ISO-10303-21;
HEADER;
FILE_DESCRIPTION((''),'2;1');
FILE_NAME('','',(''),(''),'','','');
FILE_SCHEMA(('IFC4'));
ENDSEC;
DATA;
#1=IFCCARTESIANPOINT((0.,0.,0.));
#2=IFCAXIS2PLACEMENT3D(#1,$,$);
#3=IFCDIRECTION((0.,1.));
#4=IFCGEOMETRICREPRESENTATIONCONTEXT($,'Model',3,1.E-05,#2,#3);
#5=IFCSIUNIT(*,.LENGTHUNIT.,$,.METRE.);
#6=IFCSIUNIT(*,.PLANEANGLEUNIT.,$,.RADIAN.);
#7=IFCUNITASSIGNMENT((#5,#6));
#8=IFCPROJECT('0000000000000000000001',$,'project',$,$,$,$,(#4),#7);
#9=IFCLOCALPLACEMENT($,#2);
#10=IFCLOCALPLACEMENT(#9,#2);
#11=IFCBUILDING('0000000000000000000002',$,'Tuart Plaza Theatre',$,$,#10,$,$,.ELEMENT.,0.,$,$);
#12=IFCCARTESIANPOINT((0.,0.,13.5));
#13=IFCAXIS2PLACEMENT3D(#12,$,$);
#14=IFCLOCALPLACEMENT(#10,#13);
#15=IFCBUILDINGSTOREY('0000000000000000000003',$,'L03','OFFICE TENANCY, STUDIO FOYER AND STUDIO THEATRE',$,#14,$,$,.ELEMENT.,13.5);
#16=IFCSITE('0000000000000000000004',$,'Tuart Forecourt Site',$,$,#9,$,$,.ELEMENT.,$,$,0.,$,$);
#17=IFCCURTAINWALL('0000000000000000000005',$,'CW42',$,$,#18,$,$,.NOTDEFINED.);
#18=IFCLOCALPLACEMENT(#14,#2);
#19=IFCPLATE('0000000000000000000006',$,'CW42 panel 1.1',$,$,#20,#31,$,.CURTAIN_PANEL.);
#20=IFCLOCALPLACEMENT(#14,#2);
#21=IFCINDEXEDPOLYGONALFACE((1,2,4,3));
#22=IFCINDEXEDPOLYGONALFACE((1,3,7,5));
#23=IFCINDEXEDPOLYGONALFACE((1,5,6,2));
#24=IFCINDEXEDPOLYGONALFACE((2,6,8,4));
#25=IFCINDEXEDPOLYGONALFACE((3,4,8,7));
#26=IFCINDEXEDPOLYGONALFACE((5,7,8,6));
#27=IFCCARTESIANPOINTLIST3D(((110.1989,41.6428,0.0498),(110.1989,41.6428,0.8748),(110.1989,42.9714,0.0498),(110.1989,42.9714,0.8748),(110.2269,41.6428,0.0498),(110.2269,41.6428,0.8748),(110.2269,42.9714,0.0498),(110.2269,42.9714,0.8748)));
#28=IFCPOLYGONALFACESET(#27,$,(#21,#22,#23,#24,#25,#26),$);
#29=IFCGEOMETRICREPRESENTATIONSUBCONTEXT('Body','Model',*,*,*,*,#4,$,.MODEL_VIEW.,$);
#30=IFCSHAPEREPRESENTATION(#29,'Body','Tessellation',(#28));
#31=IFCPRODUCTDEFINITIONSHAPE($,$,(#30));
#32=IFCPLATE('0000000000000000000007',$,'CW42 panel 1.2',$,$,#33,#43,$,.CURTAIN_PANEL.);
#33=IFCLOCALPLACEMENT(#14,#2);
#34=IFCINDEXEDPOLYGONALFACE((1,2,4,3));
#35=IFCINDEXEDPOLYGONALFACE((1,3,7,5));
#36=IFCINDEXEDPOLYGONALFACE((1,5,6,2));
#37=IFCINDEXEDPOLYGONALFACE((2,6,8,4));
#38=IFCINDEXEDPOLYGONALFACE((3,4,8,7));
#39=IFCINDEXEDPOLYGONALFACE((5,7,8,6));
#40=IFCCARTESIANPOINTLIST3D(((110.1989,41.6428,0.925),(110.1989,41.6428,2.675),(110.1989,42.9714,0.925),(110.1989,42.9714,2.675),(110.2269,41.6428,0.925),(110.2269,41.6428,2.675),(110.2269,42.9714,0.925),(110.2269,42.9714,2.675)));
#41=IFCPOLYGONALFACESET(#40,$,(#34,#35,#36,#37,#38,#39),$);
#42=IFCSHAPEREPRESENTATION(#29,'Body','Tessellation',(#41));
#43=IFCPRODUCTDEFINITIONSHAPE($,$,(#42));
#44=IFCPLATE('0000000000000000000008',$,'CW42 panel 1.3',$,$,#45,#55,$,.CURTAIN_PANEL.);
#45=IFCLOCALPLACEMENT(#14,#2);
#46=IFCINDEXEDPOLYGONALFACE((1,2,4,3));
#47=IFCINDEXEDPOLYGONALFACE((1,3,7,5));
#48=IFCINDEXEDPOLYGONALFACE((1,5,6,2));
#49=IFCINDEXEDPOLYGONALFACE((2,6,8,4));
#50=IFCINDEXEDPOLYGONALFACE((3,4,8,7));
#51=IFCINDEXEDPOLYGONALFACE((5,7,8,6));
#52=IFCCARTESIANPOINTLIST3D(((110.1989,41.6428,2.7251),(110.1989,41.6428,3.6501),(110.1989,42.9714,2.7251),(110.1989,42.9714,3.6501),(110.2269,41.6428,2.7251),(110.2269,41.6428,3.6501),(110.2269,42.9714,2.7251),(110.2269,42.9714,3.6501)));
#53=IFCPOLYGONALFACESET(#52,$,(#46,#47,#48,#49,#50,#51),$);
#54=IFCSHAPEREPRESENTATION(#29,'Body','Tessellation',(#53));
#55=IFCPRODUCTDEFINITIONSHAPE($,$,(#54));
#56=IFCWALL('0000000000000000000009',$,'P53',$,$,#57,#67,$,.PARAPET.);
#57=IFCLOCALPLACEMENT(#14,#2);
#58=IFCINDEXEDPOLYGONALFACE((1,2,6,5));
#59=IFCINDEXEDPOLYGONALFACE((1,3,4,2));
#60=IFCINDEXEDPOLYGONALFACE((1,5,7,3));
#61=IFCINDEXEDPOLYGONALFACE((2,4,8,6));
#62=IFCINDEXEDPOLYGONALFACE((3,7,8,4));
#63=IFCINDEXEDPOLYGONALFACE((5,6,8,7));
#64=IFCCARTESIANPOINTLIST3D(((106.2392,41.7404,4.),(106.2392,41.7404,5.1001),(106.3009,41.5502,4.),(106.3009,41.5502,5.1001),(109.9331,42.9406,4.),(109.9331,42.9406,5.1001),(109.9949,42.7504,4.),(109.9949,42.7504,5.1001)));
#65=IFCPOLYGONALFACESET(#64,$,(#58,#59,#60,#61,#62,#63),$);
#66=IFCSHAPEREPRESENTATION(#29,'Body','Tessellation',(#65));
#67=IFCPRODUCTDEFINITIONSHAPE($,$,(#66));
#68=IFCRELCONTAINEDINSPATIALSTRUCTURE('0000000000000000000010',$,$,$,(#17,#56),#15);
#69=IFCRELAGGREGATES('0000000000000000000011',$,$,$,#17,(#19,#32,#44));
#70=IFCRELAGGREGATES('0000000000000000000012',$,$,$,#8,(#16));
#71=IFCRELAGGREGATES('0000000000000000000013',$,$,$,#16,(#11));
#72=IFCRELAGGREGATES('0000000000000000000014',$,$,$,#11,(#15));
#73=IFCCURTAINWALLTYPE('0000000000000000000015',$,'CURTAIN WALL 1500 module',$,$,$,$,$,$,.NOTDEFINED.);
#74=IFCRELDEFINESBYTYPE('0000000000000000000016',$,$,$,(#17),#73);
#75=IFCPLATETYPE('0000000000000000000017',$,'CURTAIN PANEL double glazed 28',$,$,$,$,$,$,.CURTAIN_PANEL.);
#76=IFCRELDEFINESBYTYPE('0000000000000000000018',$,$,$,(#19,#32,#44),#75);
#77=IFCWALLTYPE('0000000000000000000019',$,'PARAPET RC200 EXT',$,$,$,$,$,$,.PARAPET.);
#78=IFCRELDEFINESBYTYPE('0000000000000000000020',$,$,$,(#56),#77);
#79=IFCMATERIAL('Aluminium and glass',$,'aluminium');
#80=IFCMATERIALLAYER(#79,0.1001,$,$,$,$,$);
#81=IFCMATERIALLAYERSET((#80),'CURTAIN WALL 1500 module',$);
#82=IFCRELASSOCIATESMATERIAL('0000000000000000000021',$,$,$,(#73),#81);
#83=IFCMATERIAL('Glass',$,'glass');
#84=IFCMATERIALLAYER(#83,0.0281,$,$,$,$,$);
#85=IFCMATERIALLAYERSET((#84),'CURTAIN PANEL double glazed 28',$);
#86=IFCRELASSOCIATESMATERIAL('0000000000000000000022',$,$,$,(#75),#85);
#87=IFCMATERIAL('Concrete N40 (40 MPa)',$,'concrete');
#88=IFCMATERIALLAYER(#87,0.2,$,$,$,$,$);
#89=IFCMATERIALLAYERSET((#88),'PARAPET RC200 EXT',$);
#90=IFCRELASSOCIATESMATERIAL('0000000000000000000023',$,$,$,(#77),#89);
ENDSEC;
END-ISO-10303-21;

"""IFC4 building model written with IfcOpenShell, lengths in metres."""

from ifc_helpers import new_model, si_unit, direction, frame, frame_2d, origin, origin_2d, place, context, subcontext, project, spatial, rectangle, extrude, material, layer, layer_set, type_object, element, aggregate, save


model = new_model("IFC4")

# Units and contexts
model_context = context("Model", 3, precision=1e-05, world=origin(), true_north=direction((0.0, 1.0)))
body_context = subcontext(model_context, "Body", "Model", "MODEL_VIEW")
ifc_project = project(units=[si_unit("LENGTHUNIT", "METRE"), si_unit("PLANEANGLEUNIT", "RADIAN")], contexts=[model_context])

# Site, building, storey
site_placement = place(None, origin())
site = spatial("IfcSite", under=ifc_project, at=site_placement, Name="Tuart Forecourt Site", CompositionType="ELEMENT", RefElevation=0.0)
building_placement = place(site_placement, origin())
building = spatial("IfcBuilding", under=site, at=building_placement, Name="Tuart Plaza Theatre", CompositionType="ELEMENT", ElevationOfRefHeight=0.0)
storey_placement = place(building_placement, frame((0.0, 0.0, 13.5)))
storey = spatial("IfcBuildingStorey", under=building, at=storey_placement, Name="L03", Description="OFFICE TENANCY, STUDIO FOYER AND STUDIO THEATRE", CompositionType="ELEMENT", Elevation=13.5)

# Shared definitions
ifc_material_1 = material(Name="Aluminium and glass", Category="aluminium")
ifc_layer_1 = layer(ifc_material_1, 0.1001)
ifc_layer_set_1 = layer_set([ifc_layer_1], Name="CURTAIN WALL 1500 module")
curtain_wall_type = type_object("IfcCurtainWallType", Name="CURTAIN WALL 1500 module", PredefinedType="NOTDEFINED", material=ifc_layer_set_1)
ifc_material_2 = material(Name="Glass", Category="glass")
ifc_layer_2 = layer(ifc_material_2, 0.0281)
ifc_layer_set_2 = layer_set([ifc_layer_2], Name="CURTAIN PANEL double glazed 28")
plate_type = type_object("IfcPlateType", Name="CURTAIN PANEL double glazed 28", PredefinedType="CURTAIN_PANEL", material=ifc_layer_set_2)

# Curtain wall, plates
curtain_wall_1_placement = place(storey_placement, origin())
curtain_wall_1 = element("IfcCurtainWall", 1, at=curtain_wall_1_placement, inside=storey, type_object=curtain_wall_type, Name="CW42", PredefinedType="NOTDEFINED")
plate_1_placement = place(storey_placement, frame((110.2129, 42.3071, 0.0498), z_axis=(0.0, 0.0, 1.0), x_axis=(0.0, 1.0, 0.0)))
plate_1 = element("IfcPlate", 2, at=plate_1_placement, type_object=plate_type, Name="CW42 panel 1.1", PredefinedType="CURTAIN_PANEL", context=body_context, shape_type="SweptSolid", body=[
    extrude(rectangle(XDim=1.3286, YDim=0.0281, at=origin_2d()), origin(), (0.0, 0.0, 1.0), 0.825),
])
plate_2_placement = place(storey_placement, frame((110.2129, 42.3071, 0.925), z_axis=(0.0, 0.0, 1.0), x_axis=(0.0, 1.0, 0.0)))
plate_2 = element("IfcPlate", 3, at=plate_2_placement, type_object=plate_type, Name="CW42 panel 1.2", PredefinedType="CURTAIN_PANEL", context=body_context, shape_type="SweptSolid", body=[
    extrude(rectangle(XDim=1.3286, YDim=0.0281, at=origin_2d()), origin(), (0.0, 0.0, 1.0), 1.75),
])
plate_3_placement = place(storey_placement, frame((110.2129, 42.3071, 2.7251), z_axis=(0.0, 0.0, 1.0), x_axis=(0.0, 1.0, 0.0)))
plate_3 = element("IfcPlate", 4, at=plate_3_placement, type_object=plate_type, Name="CW42 panel 1.3", PredefinedType="CURTAIN_PANEL", context=body_context, shape_type="SweptSolid", body=[
    extrude(rectangle(XDim=1.3286, YDim=0.0281, at=origin_2d()), origin(), (0.0, 0.0, 1.0), 0.925),
])
aggregate(curtain_wall_1, [plate_1, plate_2, plate_3])

# Wall
ifc_material_3 = material(Name="Concrete N40 (40 MPa)", Category="concrete")
ifc_layer_3 = layer(ifc_material_3, 0.2)
ifc_layer_set_3 = layer_set([ifc_layer_3], Name="PARAPET RC200 EXT")
wall_type = type_object("IfcWallType", Name="PARAPET RC200 EXT", PredefinedType="PARAPET", material=ifc_layer_set_3)
wall_placement = place(storey_placement, frame((109.9639, 42.8455, 4.0), z_axis=(0.0, 0.0, 1.0), x_axis=(-0.951057, -0.309015, 0.0)))
element("IfcWall", 5, at=wall_placement, inside=storey, type_object=wall_type, Name="P53", PredefinedType="PARAPET", context=body_context, shape_type="SweptSolid", body=[
    extrude(rectangle(XDim=3.884, YDim=0.2, at=frame_2d((1.9419, 0.0))), origin(), (0.0, 0.0, 1.0), 1.1001),
])

save(model, "model.ifc")
